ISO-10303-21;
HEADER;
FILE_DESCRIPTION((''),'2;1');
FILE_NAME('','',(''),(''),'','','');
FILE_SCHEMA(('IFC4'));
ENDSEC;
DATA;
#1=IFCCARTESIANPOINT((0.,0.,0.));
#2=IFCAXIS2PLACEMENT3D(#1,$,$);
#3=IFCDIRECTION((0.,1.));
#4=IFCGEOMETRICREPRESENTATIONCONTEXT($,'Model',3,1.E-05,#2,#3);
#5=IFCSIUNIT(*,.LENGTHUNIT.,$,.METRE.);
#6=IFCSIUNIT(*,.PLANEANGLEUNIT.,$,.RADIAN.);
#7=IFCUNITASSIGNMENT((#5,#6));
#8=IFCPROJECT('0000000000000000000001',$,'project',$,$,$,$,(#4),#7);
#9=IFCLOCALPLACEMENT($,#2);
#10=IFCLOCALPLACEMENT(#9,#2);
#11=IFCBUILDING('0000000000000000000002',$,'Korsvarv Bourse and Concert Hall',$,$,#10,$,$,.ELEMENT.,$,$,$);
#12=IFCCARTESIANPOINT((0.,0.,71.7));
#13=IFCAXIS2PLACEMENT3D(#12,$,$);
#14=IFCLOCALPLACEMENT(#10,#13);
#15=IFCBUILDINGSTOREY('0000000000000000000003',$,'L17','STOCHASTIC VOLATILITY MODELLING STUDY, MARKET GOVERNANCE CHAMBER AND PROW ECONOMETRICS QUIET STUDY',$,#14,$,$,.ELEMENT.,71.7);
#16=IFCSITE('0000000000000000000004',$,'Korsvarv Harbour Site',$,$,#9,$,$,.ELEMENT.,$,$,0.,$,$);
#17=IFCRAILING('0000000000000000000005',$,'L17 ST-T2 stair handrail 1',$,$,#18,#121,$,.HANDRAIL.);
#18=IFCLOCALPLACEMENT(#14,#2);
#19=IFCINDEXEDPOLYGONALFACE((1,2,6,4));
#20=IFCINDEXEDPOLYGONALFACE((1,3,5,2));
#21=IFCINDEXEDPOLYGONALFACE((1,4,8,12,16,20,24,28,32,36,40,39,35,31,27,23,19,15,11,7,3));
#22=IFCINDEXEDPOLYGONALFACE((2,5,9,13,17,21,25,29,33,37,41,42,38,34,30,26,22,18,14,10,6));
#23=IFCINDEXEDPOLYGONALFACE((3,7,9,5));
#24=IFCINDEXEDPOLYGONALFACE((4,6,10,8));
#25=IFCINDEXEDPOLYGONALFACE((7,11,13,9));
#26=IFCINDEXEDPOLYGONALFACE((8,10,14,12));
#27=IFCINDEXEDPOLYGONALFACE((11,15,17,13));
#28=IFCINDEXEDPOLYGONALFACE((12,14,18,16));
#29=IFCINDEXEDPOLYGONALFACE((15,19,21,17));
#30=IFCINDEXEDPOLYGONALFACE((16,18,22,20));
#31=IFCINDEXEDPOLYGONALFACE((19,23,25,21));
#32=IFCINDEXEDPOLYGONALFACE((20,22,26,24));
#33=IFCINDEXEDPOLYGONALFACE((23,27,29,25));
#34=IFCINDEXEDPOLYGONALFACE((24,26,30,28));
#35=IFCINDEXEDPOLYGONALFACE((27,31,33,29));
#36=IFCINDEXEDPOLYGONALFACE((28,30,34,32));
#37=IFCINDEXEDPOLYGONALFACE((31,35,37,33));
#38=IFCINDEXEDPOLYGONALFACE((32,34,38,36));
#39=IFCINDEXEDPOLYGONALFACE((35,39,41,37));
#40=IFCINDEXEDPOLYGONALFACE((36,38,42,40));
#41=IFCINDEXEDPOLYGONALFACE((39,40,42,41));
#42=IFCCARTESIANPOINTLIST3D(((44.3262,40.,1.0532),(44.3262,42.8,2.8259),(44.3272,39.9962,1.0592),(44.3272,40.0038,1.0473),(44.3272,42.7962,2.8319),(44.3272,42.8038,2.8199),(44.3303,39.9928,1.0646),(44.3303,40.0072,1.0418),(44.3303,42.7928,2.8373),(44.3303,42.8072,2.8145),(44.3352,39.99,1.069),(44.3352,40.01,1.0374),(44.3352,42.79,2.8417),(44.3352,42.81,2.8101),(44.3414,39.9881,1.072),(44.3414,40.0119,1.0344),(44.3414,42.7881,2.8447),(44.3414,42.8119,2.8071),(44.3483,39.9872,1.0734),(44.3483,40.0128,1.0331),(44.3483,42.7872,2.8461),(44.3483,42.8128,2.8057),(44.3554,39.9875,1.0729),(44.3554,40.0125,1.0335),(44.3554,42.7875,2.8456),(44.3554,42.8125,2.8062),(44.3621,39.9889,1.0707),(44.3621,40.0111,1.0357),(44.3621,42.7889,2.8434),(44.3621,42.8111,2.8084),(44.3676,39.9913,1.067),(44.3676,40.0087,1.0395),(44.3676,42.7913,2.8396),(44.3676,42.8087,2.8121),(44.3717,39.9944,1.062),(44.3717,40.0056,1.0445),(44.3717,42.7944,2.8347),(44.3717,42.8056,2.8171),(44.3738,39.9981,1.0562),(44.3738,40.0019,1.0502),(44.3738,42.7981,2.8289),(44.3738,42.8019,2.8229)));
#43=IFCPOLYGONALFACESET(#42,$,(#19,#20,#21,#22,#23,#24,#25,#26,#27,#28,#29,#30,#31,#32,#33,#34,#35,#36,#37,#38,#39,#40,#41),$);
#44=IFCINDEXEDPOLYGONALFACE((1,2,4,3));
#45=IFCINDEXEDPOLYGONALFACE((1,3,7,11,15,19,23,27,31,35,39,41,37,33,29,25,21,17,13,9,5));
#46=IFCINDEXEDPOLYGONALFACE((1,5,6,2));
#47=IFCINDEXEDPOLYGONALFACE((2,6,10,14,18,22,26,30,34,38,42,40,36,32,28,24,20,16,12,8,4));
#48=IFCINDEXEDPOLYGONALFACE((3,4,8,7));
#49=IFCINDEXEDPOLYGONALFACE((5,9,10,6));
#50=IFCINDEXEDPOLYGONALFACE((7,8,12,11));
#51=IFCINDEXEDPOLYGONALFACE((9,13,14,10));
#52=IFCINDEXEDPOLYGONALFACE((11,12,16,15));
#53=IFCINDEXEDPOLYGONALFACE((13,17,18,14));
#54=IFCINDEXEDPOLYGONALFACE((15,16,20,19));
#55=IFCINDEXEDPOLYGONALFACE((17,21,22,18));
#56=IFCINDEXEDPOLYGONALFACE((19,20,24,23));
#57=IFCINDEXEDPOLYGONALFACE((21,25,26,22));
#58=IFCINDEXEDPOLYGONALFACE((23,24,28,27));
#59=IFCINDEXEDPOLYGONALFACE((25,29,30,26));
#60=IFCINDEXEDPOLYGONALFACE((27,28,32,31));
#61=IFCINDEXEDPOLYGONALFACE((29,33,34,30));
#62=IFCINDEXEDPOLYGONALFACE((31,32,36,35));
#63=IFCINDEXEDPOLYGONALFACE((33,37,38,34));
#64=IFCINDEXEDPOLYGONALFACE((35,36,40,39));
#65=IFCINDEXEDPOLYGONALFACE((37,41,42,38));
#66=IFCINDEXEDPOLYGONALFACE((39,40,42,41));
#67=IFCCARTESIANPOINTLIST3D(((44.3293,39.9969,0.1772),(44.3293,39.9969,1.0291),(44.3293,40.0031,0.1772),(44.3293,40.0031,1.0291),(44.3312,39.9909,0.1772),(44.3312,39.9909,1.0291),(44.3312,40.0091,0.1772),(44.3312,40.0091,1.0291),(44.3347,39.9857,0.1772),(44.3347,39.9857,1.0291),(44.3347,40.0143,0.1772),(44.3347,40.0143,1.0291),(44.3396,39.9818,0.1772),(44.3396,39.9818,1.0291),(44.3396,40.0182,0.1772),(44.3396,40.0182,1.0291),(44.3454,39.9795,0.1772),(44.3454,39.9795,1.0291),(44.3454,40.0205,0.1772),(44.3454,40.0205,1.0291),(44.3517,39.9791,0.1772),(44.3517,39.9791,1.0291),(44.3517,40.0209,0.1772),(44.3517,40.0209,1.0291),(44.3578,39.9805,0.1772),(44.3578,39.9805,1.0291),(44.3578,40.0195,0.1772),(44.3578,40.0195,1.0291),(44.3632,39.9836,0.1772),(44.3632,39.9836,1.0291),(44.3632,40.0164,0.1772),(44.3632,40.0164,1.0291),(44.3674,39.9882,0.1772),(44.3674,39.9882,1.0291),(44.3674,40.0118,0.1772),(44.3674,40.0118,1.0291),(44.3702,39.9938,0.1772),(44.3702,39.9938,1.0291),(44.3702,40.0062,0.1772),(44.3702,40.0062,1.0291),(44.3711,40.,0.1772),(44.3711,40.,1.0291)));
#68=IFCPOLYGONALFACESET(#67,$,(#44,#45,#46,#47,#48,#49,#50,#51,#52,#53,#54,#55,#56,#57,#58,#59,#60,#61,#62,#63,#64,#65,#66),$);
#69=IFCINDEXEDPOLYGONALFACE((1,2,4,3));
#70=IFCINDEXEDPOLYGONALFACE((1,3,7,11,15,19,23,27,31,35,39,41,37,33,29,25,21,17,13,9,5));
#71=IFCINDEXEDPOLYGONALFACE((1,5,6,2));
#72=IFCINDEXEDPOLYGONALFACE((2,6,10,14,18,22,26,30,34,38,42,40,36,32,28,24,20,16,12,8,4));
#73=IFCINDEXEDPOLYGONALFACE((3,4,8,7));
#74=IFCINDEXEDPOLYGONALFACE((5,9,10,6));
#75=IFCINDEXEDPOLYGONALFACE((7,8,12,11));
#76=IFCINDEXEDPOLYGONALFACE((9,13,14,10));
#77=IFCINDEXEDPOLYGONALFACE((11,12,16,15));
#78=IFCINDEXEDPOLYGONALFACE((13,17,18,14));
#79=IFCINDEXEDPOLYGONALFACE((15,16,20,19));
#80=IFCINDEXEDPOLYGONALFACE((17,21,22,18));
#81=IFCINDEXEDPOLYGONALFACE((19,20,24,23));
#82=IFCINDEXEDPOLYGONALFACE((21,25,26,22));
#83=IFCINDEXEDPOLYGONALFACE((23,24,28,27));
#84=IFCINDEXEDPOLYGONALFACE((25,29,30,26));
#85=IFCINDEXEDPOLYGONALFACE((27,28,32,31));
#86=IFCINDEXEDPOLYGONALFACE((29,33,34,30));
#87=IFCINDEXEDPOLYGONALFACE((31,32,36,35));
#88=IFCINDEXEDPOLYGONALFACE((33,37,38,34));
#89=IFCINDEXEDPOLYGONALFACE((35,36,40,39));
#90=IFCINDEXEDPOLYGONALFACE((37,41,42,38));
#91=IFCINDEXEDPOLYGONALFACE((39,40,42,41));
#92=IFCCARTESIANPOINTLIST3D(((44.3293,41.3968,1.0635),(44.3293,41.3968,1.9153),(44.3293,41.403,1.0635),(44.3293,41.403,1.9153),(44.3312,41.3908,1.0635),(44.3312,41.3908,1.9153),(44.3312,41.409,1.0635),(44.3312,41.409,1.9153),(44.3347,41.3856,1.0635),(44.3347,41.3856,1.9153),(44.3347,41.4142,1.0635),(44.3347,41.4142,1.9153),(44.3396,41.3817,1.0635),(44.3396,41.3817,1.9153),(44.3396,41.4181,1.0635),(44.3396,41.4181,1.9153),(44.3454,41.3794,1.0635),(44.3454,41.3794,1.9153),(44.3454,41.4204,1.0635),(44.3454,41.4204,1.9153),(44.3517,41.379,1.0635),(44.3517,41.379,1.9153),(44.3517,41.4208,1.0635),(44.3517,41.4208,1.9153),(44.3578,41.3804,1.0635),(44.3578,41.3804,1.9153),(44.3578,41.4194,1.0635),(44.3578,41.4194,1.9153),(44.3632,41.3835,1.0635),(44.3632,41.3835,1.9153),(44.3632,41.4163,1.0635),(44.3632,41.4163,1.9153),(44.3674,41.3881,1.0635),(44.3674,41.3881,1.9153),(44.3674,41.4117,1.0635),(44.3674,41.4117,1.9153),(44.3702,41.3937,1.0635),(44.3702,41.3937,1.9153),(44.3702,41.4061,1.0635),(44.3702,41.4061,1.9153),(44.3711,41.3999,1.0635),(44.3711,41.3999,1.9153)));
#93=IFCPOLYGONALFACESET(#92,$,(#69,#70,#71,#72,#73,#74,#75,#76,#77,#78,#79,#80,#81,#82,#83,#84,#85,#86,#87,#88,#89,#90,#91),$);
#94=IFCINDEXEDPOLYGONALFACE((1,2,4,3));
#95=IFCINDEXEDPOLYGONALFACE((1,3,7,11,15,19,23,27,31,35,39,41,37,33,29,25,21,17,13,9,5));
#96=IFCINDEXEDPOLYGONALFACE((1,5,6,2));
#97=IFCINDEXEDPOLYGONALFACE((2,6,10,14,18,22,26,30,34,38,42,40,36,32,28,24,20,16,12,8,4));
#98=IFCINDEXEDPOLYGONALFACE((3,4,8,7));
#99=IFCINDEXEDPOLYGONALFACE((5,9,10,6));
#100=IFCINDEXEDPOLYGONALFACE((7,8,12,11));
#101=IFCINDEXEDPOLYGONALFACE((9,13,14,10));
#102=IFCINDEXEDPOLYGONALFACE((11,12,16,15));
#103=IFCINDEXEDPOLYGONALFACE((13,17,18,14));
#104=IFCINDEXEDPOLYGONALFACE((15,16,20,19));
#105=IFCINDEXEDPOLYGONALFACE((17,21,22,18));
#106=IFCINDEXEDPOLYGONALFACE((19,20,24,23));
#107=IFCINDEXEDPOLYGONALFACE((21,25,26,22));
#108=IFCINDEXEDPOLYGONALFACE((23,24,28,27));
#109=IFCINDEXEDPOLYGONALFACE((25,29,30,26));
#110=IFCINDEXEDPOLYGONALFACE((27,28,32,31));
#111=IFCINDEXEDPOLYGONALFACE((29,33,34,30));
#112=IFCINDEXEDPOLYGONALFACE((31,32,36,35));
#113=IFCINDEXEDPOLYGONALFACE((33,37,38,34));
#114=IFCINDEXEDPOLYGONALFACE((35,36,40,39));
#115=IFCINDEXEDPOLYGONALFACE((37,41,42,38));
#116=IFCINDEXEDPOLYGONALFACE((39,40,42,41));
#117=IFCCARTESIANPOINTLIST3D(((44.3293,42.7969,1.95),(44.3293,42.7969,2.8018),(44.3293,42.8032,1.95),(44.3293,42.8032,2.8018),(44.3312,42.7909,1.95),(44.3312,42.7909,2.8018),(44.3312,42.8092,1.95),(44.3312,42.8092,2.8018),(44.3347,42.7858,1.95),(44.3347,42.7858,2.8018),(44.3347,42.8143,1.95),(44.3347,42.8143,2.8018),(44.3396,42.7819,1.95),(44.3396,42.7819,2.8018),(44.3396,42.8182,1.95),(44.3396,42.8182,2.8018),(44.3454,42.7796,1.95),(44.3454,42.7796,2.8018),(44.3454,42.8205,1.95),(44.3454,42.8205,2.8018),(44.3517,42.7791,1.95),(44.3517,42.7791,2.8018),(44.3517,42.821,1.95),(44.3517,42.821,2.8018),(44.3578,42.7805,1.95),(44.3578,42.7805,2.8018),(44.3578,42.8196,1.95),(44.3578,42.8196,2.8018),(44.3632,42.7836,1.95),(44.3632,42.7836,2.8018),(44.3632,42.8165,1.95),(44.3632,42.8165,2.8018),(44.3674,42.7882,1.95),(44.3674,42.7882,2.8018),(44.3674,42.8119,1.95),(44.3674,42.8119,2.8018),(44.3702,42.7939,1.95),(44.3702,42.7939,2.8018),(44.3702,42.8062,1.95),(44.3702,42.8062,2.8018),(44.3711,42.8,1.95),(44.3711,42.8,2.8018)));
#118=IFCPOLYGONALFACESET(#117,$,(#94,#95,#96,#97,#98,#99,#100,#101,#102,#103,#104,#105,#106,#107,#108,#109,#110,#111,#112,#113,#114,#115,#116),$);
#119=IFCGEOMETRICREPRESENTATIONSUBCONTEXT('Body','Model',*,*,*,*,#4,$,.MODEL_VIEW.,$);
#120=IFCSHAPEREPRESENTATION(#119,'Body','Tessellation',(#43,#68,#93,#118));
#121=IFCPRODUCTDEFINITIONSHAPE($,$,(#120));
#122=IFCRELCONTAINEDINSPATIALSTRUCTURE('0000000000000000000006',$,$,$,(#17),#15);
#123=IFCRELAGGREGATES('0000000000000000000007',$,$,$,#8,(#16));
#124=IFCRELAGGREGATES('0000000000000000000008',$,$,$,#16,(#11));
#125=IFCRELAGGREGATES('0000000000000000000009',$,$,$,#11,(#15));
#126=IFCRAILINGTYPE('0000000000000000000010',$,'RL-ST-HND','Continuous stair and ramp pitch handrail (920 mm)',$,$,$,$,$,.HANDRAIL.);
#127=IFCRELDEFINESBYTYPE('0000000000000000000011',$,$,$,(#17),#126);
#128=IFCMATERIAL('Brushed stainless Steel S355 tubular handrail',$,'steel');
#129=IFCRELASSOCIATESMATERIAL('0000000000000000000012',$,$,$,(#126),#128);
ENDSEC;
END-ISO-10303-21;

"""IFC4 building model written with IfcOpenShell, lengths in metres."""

from ifc_helpers import new_model, si_unit, direction, frame, origin, origin_2d, place, context, subcontext, project, spatial, circle, extrude, material, type_object, element, save


model = new_model("IFC4")

# Units and contexts
model_context = context("Model", 3, precision=1e-05, world=origin(), true_north=direction((0.0, 1.0)))
body_context = subcontext(model_context, "Body", "Model", "MODEL_VIEW")
ifc_project = project(units=[si_unit("LENGTHUNIT", "METRE"), si_unit("PLANEANGLEUNIT", "RADIAN")], contexts=[model_context])

# Site, building, storey
site_placement = place(None, origin())
site = spatial("IfcSite", under=ifc_project, at=site_placement, Name="Korsvarv Harbour Site", CompositionType="ELEMENT", RefElevation=0.0)
building_placement = place(site_placement, origin())
building = spatial("IfcBuilding", under=site, at=building_placement, Name="Korsvarv Bourse and Concert Hall", CompositionType="ELEMENT")
storey_placement = place(building_placement, frame((0.0, 0.0, 71.7)))
storey = spatial("IfcBuildingStorey", under=building, at=storey_placement, Name="L17", Description="STOCHASTIC VOLATILITY MODELLING STUDY, MARKET GOVERNANCE CHAMBER AND PROW ECONOMETRICS QUIET STUDY", CompositionType="ELEMENT", Elevation=71.7)

# Railing
ifc_material_1 = material(Name="Brushed stainless Steel S355 tubular handrail", Category="steel")
railing_type = type_object("IfcRailingType", Name="RL-ST-HND", Description="Continuous stair and ramp pitch handrail (920 mm)", PredefinedType="HANDRAIL", material=ifc_material_1)
railing_placement = place(storey_placement, frame((44.3501, 40.0, 0.1772)))
element("IfcRailing", 1, at=railing_placement, inside=storey, type_object=railing_type, Name="L17 ST-T2 stair handrail 1", PredefinedType="HANDRAIL", context=body_context, shape_type="SweptSolid", body=[
    extrude(circle(Radius=0.0239, at=origin_2d()), frame((0.0, 0.0, 0.876), z_axis=(0.0, 0.844909, 0.53491), x_axis=(-1.0, 0.0, 0.0)), (0.0, 0.0, 1.0), 3.314),
    extrude(circle(Radius=0.021, at=origin_2d()), origin(), (0.0, 0.0, 1.0), 0.8518),
    extrude(circle(Radius=0.021, at=origin_2d()), frame((0.0, 1.3999, 0.8862)), (0.0, 0.0, 1.0), 0.8518),
    extrude(circle(Radius=0.021, at=origin_2d()), frame((0.0, 2.8, 1.7727)), (0.0, 0.0, 1.0), 0.8518),
])

save(model, "model.ifc")
